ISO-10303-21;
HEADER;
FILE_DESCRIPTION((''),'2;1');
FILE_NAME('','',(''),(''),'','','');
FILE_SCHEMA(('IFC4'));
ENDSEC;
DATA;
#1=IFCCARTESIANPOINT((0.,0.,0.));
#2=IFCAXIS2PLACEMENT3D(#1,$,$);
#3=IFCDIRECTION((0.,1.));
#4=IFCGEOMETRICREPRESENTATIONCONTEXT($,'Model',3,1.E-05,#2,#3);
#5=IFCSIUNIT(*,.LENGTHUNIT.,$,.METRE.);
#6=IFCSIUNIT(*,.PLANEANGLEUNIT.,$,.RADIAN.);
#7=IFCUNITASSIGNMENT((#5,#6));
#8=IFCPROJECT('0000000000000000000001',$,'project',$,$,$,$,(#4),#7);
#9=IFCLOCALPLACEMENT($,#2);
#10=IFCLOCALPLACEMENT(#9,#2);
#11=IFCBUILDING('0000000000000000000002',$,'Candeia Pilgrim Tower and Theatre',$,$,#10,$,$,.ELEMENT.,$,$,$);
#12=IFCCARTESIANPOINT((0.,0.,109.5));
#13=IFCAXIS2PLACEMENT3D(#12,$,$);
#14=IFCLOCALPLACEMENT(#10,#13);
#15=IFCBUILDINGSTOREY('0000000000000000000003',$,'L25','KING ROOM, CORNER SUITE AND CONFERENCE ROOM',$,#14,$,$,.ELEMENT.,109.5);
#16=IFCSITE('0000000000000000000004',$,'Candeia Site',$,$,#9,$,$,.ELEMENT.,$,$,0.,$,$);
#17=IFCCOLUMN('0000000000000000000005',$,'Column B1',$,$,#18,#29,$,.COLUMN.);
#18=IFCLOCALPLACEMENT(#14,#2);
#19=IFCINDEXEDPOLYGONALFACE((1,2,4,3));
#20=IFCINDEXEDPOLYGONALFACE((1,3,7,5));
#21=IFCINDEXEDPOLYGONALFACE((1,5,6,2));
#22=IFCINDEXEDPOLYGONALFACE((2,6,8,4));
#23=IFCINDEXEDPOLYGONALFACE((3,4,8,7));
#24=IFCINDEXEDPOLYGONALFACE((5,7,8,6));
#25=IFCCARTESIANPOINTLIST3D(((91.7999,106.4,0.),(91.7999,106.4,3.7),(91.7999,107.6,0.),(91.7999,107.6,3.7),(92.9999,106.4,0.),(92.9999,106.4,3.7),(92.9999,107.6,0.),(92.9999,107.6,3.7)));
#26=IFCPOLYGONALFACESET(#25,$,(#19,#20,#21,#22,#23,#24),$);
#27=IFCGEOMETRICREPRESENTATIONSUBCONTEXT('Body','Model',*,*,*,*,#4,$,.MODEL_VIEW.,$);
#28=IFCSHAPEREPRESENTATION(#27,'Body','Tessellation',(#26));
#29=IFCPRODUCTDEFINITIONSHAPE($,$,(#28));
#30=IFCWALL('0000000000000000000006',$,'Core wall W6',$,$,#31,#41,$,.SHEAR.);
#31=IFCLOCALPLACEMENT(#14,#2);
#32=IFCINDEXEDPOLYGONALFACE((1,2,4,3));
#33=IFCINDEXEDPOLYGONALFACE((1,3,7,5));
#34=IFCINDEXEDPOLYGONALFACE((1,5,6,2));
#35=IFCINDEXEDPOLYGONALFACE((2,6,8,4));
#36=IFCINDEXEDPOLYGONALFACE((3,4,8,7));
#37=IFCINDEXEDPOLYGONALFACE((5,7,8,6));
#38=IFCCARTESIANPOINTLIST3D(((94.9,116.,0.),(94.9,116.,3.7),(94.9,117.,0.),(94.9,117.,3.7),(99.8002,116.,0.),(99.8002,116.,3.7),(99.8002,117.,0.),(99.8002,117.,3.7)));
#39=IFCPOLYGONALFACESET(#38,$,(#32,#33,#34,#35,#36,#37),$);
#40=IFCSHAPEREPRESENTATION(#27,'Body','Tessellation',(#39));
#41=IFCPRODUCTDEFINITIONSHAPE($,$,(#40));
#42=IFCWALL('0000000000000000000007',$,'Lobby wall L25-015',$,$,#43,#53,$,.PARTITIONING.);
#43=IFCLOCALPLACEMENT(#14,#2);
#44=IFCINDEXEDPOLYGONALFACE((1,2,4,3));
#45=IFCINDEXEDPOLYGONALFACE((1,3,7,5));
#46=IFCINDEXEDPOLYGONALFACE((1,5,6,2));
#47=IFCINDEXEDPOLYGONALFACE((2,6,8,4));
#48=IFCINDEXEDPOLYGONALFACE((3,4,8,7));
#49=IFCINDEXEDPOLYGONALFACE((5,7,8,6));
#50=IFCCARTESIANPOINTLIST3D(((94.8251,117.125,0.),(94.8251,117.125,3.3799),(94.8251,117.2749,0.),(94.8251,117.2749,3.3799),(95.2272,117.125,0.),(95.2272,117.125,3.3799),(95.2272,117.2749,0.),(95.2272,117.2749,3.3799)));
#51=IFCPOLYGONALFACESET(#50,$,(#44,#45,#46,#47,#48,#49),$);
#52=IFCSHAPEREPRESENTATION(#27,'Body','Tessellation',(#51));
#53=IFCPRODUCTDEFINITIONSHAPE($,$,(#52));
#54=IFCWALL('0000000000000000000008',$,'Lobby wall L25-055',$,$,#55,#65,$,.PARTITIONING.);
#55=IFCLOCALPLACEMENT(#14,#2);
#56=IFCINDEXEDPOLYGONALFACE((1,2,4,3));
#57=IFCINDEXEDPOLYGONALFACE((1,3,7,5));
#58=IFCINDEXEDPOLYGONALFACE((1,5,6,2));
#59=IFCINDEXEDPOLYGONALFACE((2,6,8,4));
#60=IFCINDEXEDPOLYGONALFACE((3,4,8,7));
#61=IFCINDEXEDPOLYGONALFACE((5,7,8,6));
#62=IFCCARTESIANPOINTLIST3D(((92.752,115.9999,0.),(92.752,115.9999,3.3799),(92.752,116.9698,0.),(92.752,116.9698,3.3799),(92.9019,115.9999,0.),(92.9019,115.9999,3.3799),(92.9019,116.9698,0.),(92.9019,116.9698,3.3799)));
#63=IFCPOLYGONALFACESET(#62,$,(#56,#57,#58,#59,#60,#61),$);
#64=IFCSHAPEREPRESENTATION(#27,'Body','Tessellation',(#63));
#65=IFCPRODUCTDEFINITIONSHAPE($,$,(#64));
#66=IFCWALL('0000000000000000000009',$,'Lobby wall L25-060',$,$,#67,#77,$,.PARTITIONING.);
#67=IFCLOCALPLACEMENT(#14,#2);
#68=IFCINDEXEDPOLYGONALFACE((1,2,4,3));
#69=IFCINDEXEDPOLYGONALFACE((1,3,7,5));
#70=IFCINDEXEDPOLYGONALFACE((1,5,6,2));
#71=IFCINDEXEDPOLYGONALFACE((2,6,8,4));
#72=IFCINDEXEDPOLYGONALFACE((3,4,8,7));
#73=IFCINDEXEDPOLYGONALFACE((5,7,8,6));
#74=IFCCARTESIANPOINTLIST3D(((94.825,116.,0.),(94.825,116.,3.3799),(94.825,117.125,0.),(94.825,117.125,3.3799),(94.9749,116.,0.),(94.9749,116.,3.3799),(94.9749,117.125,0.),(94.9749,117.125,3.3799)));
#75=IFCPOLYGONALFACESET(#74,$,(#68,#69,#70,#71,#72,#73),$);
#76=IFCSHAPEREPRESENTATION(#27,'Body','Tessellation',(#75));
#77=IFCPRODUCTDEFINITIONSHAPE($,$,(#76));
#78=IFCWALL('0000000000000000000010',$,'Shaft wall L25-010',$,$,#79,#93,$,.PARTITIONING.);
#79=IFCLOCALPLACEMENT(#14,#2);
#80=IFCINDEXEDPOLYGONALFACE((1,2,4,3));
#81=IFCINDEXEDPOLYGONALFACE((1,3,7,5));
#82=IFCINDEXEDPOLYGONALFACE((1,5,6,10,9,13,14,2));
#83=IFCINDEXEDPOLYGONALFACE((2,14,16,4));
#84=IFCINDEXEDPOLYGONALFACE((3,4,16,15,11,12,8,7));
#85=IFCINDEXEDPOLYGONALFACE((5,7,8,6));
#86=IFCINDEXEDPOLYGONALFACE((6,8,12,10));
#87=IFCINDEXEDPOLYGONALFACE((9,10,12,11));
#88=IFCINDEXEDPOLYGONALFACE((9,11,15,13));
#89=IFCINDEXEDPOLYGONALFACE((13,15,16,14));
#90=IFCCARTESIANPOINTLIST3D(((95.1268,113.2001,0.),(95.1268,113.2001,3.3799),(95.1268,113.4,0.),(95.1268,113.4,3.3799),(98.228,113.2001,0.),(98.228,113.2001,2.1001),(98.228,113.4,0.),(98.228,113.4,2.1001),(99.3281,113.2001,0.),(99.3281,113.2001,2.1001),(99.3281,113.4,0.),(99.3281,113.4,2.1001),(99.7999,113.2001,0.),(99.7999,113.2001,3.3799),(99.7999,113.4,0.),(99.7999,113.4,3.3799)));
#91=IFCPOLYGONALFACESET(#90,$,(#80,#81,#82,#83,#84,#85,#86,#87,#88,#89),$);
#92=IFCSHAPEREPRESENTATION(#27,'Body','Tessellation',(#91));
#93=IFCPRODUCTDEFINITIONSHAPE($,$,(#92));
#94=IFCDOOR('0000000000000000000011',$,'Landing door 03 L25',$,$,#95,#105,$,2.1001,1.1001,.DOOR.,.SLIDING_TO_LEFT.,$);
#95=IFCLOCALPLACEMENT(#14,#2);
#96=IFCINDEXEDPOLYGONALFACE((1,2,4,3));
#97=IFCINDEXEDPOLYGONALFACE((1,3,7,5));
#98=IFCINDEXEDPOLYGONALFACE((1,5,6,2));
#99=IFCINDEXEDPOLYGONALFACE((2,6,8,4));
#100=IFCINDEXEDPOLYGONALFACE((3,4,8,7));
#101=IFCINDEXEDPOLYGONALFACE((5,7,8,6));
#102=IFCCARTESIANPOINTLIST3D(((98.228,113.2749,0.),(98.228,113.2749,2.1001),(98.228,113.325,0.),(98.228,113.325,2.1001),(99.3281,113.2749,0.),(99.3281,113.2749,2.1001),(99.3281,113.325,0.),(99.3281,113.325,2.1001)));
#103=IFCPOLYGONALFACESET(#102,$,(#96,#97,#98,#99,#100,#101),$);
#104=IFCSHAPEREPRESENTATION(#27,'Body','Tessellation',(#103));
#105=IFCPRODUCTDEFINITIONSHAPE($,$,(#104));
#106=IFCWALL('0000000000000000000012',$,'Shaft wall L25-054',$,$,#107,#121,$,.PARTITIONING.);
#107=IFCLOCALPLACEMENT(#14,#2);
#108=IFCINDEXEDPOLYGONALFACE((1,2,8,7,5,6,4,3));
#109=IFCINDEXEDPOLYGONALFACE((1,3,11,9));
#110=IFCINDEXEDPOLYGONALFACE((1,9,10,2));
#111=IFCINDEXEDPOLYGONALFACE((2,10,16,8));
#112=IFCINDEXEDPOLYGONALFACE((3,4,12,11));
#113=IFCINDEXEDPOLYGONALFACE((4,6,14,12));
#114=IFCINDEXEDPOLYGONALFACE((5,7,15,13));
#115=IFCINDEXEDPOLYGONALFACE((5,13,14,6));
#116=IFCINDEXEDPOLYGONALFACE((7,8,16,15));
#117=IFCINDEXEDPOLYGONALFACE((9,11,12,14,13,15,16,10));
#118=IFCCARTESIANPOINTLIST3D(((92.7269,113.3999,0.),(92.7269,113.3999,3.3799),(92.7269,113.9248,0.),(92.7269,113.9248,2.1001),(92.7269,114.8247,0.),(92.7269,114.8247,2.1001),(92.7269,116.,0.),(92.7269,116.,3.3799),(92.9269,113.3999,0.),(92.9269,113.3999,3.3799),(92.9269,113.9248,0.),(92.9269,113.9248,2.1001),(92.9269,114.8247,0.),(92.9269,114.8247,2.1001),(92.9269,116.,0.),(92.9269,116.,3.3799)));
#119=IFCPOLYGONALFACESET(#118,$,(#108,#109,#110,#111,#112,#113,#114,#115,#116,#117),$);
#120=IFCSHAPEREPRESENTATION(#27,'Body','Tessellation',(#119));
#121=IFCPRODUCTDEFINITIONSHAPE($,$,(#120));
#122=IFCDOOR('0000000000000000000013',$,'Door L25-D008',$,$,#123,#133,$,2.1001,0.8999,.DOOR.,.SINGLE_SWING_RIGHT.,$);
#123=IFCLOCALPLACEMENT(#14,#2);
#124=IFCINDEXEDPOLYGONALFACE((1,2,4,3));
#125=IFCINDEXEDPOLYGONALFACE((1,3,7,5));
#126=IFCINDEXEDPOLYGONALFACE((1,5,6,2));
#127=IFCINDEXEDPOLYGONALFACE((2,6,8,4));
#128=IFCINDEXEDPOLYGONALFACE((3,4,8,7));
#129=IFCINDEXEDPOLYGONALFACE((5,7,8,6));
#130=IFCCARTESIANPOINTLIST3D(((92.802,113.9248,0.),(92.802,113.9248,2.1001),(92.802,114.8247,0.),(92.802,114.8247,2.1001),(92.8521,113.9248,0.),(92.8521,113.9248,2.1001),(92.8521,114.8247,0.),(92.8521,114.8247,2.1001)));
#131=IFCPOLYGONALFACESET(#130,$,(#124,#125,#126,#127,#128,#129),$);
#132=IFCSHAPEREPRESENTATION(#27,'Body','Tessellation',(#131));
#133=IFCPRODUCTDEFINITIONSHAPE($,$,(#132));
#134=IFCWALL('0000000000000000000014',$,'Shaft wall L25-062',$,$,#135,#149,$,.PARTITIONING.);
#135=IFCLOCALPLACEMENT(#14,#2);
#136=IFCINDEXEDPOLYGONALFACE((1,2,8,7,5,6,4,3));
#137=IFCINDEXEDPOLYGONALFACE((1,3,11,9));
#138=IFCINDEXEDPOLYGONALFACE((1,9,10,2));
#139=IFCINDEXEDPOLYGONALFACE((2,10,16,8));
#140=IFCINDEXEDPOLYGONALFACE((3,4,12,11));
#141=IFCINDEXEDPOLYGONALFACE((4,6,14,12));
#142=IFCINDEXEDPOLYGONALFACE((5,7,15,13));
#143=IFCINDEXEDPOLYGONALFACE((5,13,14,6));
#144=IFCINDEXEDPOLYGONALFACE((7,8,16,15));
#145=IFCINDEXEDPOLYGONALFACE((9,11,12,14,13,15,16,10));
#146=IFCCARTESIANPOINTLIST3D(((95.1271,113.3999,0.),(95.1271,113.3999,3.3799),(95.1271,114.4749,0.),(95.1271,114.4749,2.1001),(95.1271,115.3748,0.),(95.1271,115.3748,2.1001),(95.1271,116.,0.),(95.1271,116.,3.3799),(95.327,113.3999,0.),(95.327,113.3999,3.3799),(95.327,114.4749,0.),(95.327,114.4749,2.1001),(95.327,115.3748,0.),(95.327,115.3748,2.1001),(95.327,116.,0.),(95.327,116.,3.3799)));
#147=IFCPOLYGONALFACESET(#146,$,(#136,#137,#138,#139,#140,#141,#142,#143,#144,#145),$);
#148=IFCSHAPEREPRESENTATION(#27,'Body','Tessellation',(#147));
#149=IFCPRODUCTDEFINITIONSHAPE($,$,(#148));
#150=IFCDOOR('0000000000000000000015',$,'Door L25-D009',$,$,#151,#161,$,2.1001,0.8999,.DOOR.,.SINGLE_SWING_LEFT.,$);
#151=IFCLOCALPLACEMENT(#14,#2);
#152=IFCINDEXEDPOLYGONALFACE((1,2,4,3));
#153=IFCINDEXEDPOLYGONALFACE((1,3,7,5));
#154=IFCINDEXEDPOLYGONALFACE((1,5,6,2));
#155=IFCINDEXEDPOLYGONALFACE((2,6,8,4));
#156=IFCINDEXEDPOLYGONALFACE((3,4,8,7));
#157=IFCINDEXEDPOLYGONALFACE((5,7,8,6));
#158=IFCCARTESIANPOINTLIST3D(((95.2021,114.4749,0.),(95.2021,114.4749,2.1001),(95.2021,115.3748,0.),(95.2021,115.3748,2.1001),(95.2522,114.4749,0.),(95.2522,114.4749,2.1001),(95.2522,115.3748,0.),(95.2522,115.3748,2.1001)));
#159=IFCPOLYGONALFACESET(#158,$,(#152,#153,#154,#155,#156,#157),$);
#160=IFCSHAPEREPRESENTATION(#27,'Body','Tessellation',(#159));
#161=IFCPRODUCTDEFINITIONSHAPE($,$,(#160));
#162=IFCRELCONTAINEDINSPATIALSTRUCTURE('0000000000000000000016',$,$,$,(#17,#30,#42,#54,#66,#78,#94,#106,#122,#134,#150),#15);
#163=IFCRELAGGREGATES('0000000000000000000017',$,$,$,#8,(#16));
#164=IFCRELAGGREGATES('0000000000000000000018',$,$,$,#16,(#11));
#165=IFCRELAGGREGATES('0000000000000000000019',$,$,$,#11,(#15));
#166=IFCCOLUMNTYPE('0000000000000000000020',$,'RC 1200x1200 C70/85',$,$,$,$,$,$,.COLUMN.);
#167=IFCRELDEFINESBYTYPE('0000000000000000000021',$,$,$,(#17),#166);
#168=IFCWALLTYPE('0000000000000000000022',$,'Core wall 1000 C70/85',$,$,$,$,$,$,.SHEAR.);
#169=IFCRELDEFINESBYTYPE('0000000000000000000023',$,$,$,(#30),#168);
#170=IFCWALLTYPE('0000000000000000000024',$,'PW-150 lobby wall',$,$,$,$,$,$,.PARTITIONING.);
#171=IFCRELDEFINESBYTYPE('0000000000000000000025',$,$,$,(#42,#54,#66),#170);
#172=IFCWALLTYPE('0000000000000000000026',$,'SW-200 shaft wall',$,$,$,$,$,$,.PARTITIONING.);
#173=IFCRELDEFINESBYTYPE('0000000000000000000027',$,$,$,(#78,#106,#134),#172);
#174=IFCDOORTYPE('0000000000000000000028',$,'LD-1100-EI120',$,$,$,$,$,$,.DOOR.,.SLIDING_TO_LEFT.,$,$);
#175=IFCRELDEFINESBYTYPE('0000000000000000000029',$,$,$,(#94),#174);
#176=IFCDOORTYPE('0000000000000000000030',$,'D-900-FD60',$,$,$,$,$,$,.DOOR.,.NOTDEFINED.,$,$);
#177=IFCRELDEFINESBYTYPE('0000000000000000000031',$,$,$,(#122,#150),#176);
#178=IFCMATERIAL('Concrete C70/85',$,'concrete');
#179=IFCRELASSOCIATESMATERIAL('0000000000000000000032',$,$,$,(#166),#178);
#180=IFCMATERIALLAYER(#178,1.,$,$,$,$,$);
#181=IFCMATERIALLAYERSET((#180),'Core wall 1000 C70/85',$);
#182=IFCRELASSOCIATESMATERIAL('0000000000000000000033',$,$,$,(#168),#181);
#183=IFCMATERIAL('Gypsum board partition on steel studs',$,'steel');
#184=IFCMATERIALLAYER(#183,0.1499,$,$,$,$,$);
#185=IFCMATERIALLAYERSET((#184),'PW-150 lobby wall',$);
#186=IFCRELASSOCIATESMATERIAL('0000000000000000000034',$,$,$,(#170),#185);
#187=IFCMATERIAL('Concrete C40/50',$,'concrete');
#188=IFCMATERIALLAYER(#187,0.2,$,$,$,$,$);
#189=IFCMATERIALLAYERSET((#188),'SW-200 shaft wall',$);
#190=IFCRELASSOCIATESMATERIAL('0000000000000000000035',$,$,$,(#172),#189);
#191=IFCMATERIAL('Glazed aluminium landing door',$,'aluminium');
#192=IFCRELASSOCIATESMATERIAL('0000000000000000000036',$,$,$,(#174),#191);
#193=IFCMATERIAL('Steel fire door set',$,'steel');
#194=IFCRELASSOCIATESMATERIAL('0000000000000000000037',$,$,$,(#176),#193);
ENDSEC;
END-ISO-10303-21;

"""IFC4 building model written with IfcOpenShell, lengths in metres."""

from ifc_helpers import new_model, si_unit, direction, frame, frame_2d, origin, origin_2d, place, context, subcontext, project, spatial, rectangle, extrude, material, layer, layer_set, material_profile, profile_set, type_object, element, fill, save


model = new_model("IFC4")

# Units and contexts
model_context = context("Model", 3, precision=1e-05, world=origin(), true_north=direction((0.0, 1.0)))
body_context = subcontext(model_context, "Body", "Model", "MODEL_VIEW")
ifc_project = project(units=[si_unit("LENGTHUNIT", "METRE"), si_unit("PLANEANGLEUNIT", "RADIAN")], contexts=[model_context])

# Site, building, storey
site_placement = place(None, origin())
site = spatial("IfcSite", under=ifc_project, at=site_placement, Name="Candeia Site", CompositionType="ELEMENT", RefElevation=0.0)
building_placement = place(site_placement, origin())
building = spatial("IfcBuilding", under=site, at=building_placement, Name="Candeia Pilgrim Tower and Theatre", CompositionType="ELEMENT")
storey_placement = place(building_placement, frame((0.0, 0.0, 109.5)))
storey = spatial("IfcBuildingStorey", under=building, at=storey_placement, Name="L25", Description="KING ROOM, CORNER SUITE AND CONFERENCE ROOM", CompositionType="ELEMENT", Elevation=109.5)

# Column
ifc_material_1 = material(Name="Concrete C70/85", Category="concrete")
ifc_material_profile = material_profile(ifc_material_1, rectangle(XDim=1.2, YDim=1.2, at=origin_2d()))
ifc_profile_set = profile_set([ifc_material_profile], Name="Concrete C70/85")
column_type = type_object("IfcColumnType", Name="RC 1200x1200 C70/85", PredefinedType="COLUMN", material=ifc_profile_set)
column_placement = place(storey_placement, frame((92.3999, 107.0, 0.0), z_axis=(0.0, 0.0, 1.0), x_axis=(1.0, 0.0, 0.0)))
element("IfcColumn", 1, at=column_placement, inside=storey, type_object=column_type, Name="Column B1", PredefinedType="COLUMN", context=body_context, shape_type="SweptSolid", body=[
    extrude(rectangle(XDim=1.2, YDim=1.2, at=origin_2d()), origin(), (0.0, 0.0, 1.0), 3.7),
])

# Walls
ifc_layer_1 = layer(ifc_material_1, 1.0)
ifc_layer_set_1 = layer_set([ifc_layer_1], Name="Core wall 1000 C70/85")
wall_type_1 = type_object("IfcWallType", Name="Core wall 1000 C70/85", PredefinedType="SHEAR", material=ifc_layer_set_1)
wall_1_placement = place(storey_placement, frame((94.8999, 116.5, 0.0), z_axis=(0.0, 0.0, 1.0), x_axis=(1.0, 0.0, 0.0)))
element("IfcWall", 2, at=wall_1_placement, inside=storey, type_object=wall_type_1, Name="Core wall W6", PredefinedType="SHEAR", context=body_context, shape_type="SweptSolid", body=[
    extrude(rectangle(XDim=4.9001, YDim=1.0, at=frame_2d((2.4502, 0.0))), origin(), (0.0, 0.0, 1.0), 3.7),
])
ifc_material_2 = material(Name="Gypsum board partition on steel studs", Category="steel")
ifc_layer_2 = layer(ifc_material_2, 0.1499)
ifc_layer_set_2 = layer_set([ifc_layer_2], Name="PW-150 lobby wall")
wall_type_2 = type_object("IfcWallType", Name="PW-150 lobby wall", PredefinedType="PARTITIONING", material=ifc_layer_set_2)
wall_2_placement = place(storey_placement, frame((94.825, 117.2, 0.0), z_axis=(0.0, 0.0, 1.0), x_axis=(1.0, 0.0, 0.0)))
element("IfcWall", 3, at=wall_2_placement, inside=storey, type_object=wall_type_2, Name="Lobby wall L25-015", PredefinedType="PARTITIONING", context=body_context, shape_type="SweptSolid", body=[
    extrude(rectangle(XDim=0.4021, YDim=0.1499, at=frame_2d((0.2012, 0.0))), origin(), (0.0, 0.0, 1.0), 3.3799),
])
wall_3_placement = place(storey_placement, frame((92.8269, 116.0, 0.0), z_axis=(0.0, 0.0, 1.0), x_axis=(0.0, 1.0, 0.0)))
element("IfcWall", 4, at=wall_3_placement, inside=storey, type_object=wall_type_2, Name="Lobby wall L25-055", PredefinedType="PARTITIONING", context=body_context, shape_type="SweptSolid", body=[
    extrude(rectangle(XDim=0.97, YDim=0.1499, at=frame_2d((0.4849, 0.0))), origin(), (0.0, 0.0, 1.0), 3.3799),
])
wall_4_placement = place(storey_placement, frame((94.8999, 116.0, 0.0), z_axis=(0.0, 0.0, 1.0), x_axis=(0.0, 1.0, 0.0)))
element("IfcWall", 5, at=wall_4_placement, inside=storey, type_object=wall_type_2, Name="Lobby wall L25-060", PredefinedType="PARTITIONING", context=body_context, shape_type="SweptSolid", body=[
    extrude(rectangle(XDim=1.125, YDim=0.1499, at=frame_2d((0.5625, 0.0))), origin(), (0.0, 0.0, 1.0), 3.3799),
])

# Walls, openings, doors
ifc_material_3 = material(Name="Concrete C40/50", Category="concrete")
ifc_layer_3 = layer(ifc_material_3, 0.2)
ifc_layer_set_3 = layer_set([ifc_layer_3], Name="SW-200 shaft wall")
wall_type_3 = type_object("IfcWallType", Name="SW-200 shaft wall", PredefinedType="PARTITIONING", material=ifc_layer_set_3)
wall_5_placement = place(storey_placement, frame((95.127, 113.3, 0.0), z_axis=(0.0, 0.0, 1.0), x_axis=(1.0, 0.0, 0.0)))
wall_5 = element("IfcWall", 6, at=wall_5_placement, inside=storey, type_object=wall_type_3, Name="Shaft wall L25-010", PredefinedType="PARTITIONING", context=body_context, shape_type="SweptSolid", body=[
    extrude(rectangle(XDim=4.6731, YDim=0.2, at=frame_2d((2.3364, 0.0))), origin(), (0.0, 0.0, 1.0), 3.3799),
])
opening_1_placement = place(wall_5_placement, frame((3.1011, 0.0, 0.0)))
opening_1 = element("IfcOpeningElement", 7, at=opening_1_placement, cuts=wall_5, PredefinedType="OPENING", context=body_context, shape_type="SweptSolid", body=[
    extrude(rectangle(XDim=1.1001, YDim=2.1001, at=frame_2d((0.55, 1.05))), frame((0.0, 0.1099, 0.0), z_axis=(0.0, -1.0, 0.0), x_axis=(1.0, 0.0, 0.0)), (0.0, 0.0, 1.0), 0.22),
])
ifc_material_4 = material(Name="Glazed aluminium landing door", Category="aluminium")
door_type_1 = type_object("IfcDoorType", Name="LD-1100-EI120", OperationType="SLIDING_TO_LEFT", PredefinedType="DOOR", material=ifc_material_4)
door_1_placement = place(opening_1_placement, origin())
door_1 = element("IfcDoor", 8, at=door_1_placement, inside=storey, type_object=door_type_1, Name="Landing door 03 L25", OperationType="SLIDING_TO_LEFT", OverallHeight=2.1001, OverallWidth=1.1001, PredefinedType="DOOR", context=body_context, shape_type="SweptSolid", body=[
    extrude(rectangle(XDim=1.1001, YDim=2.1001, at=frame_2d((0.55, 1.05))), frame((0.0, 0.0249, 0.0), z_axis=(0.0, -1.0, 0.0), x_axis=(1.0, 0.0, 0.0)), (0.0, 0.0, 1.0), 0.05),
])
fill(opening_1, door_1)
wall_6_placement = place(storey_placement, frame((92.8269, 113.3999, 0.0), z_axis=(0.0, 0.0, 1.0), x_axis=(0.0, 1.0, 0.0)))
wall_6 = element("IfcWall", 9, at=wall_6_placement, inside=storey, type_object=wall_type_3, Name="Shaft wall L25-054", PredefinedType="PARTITIONING", context=body_context, shape_type="SweptSolid", body=[
    extrude(rectangle(XDim=2.6001, YDim=0.2, at=frame_2d((1.3, 0.0))), origin(), (0.0, 0.0, 1.0), 3.3799),
])
opening_2_placement = place(wall_6_placement, frame((0.5249, 0.0, 0.0)))
opening_2 = element("IfcOpeningElement", 10, at=opening_2_placement, cuts=wall_6, PredefinedType="OPENING", context=body_context, shape_type="SweptSolid", body=[
    extrude(rectangle(XDim=0.8999, YDim=2.1001, at=frame_2d((0.45, 1.05))), frame((0.0, 0.1099, 0.0), z_axis=(0.0, -1.0, 0.0), x_axis=(1.0, 0.0, 0.0)), (0.0, 0.0, 1.0), 0.22),
])
ifc_material_5 = material(Name="Steel fire door set", Category="steel")
door_type_2 = type_object("IfcDoorType", Name="D-900-FD60", OperationType="NOTDEFINED", PredefinedType="DOOR", material=ifc_material_5)
door_2_placement = place(opening_2_placement, origin())
door_2 = element("IfcDoor", 11, at=door_2_placement, inside=storey, type_object=door_type_2, Name="Door L25-D008", OperationType="SINGLE_SWING_RIGHT", OverallHeight=2.1001, OverallWidth=0.8999, PredefinedType="DOOR", context=body_context, shape_type="SweptSolid", body=[
    extrude(rectangle(XDim=0.8999, YDim=2.1001, at=frame_2d((0.45, 1.05))), frame((0.0, 0.0249, 0.0), z_axis=(0.0, -1.0, 0.0), x_axis=(1.0, 0.0, 0.0)), (0.0, 0.0, 1.0), 0.05),
])
fill(opening_2, door_2)
wall_7_placement = place(storey_placement, frame((95.2271, 113.3999, 0.0), z_axis=(0.0, 0.0, 1.0), x_axis=(0.0, 1.0, 0.0)))
wall_7 = element("IfcWall", 12, at=wall_7_placement, inside=storey, type_object=wall_type_3, Name="Shaft wall L25-062", PredefinedType="PARTITIONING", context=body_context, shape_type="SweptSolid", body=[
    extrude(rectangle(XDim=2.6001, YDim=0.2, at=frame_2d((1.3, 0.0))), origin(), (0.0, 0.0, 1.0), 3.3799),
])
opening_3_placement = place(wall_7_placement, frame((1.075, 0.0, 0.0)))
opening_3 = element("IfcOpeningElement", 13, at=opening_3_placement, cuts=wall_7, PredefinedType="OPENING", context=body_context, shape_type="SweptSolid", body=[
    extrude(rectangle(XDim=0.8999, YDim=2.1001, at=frame_2d((0.45, 1.05))), frame((0.0, 0.1099, 0.0), z_axis=(0.0, -1.0, 0.0), x_axis=(1.0, 0.0, 0.0)), (0.0, 0.0, 1.0), 0.22),
])
door_3_placement = place(opening_3_placement, origin())
door_3 = element("IfcDoor", 14, at=door_3_placement, inside=storey, type_object=door_type_2, Name="Door L25-D009", OperationType="SINGLE_SWING_LEFT", OverallHeight=2.1001, OverallWidth=0.8999, PredefinedType="DOOR", context=body_context, shape_type="SweptSolid", body=[
    extrude(rectangle(XDim=0.8999, YDim=2.1001, at=frame_2d((0.45, 1.05))), frame((0.0, 0.0249, 0.0), z_axis=(0.0, -1.0, 0.0), x_axis=(1.0, 0.0, 0.0)), (0.0, 0.0, 1.0), 0.05),
])
fill(opening_3, door_3)

save(model, "model.ifc")
